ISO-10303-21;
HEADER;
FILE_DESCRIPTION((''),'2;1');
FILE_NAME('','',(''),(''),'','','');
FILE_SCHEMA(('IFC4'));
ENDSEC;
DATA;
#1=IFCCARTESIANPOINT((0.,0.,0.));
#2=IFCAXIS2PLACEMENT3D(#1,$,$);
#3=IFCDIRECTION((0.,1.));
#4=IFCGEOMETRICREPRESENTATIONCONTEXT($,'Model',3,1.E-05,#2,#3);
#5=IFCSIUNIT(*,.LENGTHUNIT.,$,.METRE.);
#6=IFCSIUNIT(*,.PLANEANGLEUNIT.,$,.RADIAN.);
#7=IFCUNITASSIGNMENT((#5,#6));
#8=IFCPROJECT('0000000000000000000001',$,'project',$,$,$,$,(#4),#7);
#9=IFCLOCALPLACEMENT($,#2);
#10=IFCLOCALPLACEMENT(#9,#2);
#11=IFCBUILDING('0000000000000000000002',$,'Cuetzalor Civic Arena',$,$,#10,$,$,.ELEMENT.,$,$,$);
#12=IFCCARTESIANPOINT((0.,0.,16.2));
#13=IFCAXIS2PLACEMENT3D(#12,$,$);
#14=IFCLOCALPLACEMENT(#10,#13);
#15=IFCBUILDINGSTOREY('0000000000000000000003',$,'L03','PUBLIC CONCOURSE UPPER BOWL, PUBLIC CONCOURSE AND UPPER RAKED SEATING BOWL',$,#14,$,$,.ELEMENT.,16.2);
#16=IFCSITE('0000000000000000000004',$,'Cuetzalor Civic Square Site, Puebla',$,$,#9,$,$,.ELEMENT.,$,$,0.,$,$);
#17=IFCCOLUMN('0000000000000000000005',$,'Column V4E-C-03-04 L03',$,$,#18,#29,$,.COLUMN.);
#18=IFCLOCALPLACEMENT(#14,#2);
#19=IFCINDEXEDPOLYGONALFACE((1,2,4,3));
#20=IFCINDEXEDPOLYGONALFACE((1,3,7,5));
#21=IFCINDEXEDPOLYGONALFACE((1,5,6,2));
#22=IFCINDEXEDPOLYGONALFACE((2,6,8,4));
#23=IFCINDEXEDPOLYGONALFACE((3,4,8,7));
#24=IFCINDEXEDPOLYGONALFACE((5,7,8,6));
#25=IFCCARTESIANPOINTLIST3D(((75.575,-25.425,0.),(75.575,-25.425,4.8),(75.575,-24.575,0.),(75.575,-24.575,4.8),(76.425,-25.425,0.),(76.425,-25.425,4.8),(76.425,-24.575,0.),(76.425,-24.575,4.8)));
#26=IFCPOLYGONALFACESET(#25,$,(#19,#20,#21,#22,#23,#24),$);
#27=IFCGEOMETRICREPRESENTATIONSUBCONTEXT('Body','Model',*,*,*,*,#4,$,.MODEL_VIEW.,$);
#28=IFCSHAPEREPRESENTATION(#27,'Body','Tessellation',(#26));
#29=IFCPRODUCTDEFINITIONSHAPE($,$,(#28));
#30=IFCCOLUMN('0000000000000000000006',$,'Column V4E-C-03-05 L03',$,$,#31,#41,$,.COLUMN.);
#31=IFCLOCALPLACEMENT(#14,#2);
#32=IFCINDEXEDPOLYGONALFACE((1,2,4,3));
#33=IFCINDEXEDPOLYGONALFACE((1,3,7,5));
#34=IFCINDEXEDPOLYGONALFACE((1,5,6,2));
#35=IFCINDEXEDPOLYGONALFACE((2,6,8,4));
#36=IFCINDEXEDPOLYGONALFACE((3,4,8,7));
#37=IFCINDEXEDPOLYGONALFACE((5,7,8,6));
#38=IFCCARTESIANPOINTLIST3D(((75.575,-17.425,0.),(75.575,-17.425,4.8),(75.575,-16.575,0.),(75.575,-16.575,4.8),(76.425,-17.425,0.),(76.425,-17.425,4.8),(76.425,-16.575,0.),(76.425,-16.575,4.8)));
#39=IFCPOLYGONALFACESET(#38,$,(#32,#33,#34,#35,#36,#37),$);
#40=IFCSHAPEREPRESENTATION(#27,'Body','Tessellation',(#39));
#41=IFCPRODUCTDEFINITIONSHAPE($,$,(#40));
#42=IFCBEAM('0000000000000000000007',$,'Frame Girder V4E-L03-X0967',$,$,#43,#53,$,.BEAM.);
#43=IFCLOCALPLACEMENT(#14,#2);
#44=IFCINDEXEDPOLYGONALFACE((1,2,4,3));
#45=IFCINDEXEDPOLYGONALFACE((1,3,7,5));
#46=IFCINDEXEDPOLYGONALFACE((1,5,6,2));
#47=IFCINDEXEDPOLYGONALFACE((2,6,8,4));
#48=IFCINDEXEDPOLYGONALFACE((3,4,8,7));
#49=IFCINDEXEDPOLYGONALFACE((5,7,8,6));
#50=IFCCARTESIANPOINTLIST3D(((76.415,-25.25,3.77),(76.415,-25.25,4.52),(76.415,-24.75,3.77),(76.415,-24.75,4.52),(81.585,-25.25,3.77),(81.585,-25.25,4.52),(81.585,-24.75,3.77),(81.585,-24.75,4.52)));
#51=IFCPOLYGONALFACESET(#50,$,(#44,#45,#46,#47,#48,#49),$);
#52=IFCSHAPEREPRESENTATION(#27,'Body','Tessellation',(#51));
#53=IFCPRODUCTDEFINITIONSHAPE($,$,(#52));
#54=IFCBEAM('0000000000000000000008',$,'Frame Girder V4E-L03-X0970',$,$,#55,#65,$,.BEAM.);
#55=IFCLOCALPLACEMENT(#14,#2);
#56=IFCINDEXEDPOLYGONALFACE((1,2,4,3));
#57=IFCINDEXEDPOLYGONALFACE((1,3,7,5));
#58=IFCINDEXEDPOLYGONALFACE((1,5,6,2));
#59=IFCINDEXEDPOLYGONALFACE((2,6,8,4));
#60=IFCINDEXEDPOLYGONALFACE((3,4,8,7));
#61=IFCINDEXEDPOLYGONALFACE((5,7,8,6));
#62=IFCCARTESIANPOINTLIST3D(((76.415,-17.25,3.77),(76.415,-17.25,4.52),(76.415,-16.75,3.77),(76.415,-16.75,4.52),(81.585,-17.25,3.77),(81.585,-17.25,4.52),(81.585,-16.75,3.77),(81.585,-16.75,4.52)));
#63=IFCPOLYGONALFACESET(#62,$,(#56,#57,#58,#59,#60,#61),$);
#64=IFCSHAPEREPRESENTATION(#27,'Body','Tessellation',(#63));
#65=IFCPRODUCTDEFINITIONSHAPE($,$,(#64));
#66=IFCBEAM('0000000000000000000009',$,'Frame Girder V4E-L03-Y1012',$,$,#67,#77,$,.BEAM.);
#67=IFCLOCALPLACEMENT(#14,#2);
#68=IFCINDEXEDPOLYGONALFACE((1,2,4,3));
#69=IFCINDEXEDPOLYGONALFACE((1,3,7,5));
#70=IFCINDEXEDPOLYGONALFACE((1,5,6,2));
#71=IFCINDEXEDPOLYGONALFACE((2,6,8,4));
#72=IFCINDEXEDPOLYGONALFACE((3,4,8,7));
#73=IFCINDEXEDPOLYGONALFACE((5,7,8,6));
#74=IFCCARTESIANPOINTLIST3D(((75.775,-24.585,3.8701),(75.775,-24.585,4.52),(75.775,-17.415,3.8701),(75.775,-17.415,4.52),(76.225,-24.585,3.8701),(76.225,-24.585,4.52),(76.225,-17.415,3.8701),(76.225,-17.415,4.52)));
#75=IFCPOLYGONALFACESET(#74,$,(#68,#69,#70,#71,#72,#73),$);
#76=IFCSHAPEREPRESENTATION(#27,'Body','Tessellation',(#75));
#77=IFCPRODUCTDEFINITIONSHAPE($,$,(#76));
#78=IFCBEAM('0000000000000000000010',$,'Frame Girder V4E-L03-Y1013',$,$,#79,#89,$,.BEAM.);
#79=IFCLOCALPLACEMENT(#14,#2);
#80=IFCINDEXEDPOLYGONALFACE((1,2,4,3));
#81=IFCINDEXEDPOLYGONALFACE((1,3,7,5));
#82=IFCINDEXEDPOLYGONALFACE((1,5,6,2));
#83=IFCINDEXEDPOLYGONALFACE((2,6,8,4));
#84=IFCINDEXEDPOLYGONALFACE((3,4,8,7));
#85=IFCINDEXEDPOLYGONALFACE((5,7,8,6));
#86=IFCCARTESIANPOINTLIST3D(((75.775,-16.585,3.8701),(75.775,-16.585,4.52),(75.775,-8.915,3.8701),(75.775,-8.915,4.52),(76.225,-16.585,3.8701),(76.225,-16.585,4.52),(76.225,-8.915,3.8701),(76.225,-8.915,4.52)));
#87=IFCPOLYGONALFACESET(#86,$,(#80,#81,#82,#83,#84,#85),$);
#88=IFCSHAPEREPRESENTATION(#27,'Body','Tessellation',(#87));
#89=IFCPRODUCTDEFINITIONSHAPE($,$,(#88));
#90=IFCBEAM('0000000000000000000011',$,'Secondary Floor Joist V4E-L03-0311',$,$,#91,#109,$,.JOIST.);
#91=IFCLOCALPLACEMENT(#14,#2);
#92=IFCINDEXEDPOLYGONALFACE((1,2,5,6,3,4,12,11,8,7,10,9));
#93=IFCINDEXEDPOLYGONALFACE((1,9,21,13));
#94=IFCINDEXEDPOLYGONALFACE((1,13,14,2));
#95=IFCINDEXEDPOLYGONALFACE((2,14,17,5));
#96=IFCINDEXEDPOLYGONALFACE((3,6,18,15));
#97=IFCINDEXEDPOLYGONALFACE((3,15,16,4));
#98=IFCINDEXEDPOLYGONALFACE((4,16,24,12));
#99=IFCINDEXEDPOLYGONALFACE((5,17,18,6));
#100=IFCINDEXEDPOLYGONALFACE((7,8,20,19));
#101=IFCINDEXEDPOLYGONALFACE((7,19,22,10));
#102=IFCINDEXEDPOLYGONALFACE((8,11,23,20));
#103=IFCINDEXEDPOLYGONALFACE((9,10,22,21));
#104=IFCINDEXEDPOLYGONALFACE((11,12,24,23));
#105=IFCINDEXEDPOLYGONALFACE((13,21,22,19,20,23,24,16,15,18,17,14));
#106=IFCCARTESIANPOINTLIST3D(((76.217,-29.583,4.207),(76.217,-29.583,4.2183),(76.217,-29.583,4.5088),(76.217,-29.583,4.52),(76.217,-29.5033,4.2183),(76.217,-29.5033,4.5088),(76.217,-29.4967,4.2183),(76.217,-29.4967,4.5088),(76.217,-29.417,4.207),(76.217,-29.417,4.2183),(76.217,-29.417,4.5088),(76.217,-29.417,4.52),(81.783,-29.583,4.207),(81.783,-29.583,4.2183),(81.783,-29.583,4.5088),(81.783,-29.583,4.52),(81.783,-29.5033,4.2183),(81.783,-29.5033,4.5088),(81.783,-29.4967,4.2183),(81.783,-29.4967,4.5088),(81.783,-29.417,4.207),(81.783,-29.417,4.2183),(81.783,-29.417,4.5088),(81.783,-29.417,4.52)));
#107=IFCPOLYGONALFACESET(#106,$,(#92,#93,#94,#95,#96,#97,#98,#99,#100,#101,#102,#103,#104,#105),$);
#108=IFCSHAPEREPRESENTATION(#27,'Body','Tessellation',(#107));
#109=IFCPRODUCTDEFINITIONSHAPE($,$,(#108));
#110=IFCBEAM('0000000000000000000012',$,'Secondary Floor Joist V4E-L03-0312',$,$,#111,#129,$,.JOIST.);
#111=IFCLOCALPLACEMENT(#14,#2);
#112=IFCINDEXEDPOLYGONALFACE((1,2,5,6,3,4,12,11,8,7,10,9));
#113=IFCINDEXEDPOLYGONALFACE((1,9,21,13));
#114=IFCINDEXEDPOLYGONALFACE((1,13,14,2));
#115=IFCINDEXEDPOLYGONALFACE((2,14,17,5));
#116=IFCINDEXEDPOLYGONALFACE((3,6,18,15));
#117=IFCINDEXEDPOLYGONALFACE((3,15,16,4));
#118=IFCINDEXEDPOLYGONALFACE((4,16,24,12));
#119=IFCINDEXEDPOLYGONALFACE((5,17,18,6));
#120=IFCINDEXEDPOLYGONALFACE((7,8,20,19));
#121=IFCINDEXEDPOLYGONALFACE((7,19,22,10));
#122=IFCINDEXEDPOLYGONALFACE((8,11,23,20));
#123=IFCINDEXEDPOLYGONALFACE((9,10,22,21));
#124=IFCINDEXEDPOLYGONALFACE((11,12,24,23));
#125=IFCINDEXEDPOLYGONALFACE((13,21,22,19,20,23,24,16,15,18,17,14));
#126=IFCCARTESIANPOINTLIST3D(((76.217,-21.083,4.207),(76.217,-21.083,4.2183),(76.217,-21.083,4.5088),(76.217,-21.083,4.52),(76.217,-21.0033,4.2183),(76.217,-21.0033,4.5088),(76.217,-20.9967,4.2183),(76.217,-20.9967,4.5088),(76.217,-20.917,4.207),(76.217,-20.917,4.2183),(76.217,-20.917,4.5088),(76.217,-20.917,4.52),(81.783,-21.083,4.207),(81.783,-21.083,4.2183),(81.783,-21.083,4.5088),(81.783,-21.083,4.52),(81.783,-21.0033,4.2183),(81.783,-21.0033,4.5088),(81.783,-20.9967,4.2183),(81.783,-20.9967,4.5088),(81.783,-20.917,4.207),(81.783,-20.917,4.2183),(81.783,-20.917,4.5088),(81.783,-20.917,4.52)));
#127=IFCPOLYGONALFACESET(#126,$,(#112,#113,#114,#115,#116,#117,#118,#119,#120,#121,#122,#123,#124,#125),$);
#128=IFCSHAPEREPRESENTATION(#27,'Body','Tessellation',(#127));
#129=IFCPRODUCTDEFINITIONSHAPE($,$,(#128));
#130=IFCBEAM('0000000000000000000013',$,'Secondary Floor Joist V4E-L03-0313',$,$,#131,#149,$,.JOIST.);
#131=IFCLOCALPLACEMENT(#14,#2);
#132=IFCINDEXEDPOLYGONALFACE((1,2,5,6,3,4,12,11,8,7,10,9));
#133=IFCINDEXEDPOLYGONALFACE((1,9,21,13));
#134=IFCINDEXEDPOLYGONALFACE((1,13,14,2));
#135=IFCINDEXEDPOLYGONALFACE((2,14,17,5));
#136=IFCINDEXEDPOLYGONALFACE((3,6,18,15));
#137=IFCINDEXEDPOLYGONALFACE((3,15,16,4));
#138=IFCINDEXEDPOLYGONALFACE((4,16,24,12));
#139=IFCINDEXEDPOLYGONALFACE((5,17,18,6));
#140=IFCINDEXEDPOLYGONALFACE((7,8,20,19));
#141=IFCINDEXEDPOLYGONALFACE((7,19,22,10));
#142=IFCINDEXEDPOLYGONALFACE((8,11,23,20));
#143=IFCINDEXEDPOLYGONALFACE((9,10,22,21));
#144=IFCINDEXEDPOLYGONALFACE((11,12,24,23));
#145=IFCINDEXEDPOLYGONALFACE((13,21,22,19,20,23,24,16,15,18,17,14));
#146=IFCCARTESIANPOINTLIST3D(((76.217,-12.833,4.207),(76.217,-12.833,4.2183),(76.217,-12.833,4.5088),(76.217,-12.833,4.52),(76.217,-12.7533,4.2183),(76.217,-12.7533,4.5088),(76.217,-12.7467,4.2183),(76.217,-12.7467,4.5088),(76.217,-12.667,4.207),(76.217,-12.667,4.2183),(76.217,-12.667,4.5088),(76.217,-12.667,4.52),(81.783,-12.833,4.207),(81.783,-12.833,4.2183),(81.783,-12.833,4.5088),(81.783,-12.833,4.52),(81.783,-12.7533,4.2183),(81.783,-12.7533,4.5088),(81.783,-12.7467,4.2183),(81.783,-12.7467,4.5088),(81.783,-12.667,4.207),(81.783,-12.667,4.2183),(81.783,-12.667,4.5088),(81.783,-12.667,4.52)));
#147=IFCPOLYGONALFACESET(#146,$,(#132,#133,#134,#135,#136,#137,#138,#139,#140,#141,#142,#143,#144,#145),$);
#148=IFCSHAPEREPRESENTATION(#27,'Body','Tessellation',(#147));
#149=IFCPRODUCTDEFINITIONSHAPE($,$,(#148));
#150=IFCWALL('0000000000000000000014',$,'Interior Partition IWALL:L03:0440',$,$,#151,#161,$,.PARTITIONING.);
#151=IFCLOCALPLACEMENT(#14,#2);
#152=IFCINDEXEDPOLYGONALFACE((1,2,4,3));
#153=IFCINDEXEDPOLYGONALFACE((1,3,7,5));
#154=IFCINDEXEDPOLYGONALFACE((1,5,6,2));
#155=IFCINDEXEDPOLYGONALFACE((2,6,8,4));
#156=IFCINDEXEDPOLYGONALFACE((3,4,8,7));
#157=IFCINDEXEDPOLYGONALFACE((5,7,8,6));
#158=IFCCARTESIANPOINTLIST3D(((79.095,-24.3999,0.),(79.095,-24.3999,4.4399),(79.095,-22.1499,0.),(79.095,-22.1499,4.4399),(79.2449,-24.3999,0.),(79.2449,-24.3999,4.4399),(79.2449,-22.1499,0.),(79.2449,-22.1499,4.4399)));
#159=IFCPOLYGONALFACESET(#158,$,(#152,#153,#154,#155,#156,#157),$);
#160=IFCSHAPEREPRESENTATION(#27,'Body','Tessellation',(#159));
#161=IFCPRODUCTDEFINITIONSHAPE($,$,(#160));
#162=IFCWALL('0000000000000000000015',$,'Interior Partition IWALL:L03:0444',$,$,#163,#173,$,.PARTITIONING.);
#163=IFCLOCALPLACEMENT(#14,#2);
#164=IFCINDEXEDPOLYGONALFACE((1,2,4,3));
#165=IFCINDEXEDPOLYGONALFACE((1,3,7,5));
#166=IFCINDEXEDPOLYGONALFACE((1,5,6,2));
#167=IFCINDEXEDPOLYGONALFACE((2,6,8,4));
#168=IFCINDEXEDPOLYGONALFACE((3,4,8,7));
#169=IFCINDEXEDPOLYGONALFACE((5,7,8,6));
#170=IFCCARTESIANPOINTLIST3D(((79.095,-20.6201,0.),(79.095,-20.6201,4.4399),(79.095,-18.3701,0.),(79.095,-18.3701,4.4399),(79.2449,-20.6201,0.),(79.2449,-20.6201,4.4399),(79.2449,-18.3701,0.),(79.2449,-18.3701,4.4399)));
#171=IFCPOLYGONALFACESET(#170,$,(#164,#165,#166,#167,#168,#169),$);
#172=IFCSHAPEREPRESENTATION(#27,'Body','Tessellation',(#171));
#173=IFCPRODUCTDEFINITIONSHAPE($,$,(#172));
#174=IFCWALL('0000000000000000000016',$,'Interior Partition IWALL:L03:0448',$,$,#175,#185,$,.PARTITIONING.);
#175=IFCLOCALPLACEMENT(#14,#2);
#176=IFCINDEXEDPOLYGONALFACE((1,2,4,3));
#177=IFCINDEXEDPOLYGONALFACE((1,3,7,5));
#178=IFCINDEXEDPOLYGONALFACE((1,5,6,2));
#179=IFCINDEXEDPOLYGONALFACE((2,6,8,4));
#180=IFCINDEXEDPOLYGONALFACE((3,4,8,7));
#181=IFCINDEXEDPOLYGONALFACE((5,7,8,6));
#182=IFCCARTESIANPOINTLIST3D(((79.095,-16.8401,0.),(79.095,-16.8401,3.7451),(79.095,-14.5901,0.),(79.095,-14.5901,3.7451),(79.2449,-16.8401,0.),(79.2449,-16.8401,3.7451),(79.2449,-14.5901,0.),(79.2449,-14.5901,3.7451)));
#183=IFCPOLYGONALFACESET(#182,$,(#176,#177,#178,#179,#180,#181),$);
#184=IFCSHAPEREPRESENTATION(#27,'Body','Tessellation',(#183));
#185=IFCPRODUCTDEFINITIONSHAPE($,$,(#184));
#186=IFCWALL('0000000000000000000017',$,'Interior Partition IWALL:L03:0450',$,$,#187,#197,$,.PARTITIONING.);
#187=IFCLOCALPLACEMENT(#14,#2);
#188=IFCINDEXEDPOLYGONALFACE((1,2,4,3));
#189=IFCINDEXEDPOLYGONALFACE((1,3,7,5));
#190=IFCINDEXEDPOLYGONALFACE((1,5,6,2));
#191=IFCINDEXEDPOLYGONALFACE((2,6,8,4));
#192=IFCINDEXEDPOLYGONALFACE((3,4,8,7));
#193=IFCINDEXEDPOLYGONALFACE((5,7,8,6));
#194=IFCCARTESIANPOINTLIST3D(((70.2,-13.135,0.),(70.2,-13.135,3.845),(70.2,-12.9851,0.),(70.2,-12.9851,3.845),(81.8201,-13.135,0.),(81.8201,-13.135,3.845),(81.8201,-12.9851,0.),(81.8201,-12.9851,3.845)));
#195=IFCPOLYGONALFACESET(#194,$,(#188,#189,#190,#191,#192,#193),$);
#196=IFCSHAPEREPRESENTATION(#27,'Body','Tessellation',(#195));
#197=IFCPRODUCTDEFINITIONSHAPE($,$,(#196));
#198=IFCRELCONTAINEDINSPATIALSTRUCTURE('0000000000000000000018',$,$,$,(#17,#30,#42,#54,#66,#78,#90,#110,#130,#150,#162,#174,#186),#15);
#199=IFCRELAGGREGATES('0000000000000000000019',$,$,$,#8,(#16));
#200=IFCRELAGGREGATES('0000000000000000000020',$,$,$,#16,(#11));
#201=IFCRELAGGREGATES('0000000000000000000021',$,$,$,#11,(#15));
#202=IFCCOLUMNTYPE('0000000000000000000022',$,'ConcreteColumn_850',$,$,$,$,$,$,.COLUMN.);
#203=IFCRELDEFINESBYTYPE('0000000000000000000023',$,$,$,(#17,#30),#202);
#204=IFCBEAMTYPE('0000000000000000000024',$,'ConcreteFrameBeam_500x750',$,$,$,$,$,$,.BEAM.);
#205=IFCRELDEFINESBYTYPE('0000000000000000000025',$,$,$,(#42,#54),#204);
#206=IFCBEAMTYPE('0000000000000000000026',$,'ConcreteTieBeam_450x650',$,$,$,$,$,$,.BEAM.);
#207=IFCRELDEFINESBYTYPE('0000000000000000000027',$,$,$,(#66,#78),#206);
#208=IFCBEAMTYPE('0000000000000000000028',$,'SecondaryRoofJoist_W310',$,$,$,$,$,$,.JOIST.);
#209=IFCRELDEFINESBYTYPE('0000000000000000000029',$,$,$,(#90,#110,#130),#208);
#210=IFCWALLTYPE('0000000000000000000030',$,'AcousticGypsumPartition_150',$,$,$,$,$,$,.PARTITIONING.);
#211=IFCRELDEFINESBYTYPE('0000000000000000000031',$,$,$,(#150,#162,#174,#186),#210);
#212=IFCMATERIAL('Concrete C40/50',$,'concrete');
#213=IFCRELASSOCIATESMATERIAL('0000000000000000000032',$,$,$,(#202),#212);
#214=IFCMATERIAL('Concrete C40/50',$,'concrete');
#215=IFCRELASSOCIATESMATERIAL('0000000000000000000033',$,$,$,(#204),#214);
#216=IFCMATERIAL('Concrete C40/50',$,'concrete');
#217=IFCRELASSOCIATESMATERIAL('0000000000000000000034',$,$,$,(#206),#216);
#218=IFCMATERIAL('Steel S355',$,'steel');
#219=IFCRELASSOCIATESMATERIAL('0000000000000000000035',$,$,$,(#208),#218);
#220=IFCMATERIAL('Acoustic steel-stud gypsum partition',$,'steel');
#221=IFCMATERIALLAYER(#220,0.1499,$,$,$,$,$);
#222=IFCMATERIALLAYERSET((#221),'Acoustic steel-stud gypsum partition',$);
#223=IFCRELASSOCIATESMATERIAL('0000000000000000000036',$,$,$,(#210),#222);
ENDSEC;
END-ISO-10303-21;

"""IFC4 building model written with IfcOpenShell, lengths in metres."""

from ifc_helpers import new_model, si_unit, direction, frame, frame_2d, origin, origin_2d, place, context, subcontext, project, spatial, rectangle, i_section, extrude, material, layer, layer_set, material_profile, profile_set, type_object, element, save


model = new_model("IFC4")

# Units and contexts
model_context = context("Model", 3, precision=1e-05, world=origin(), true_north=direction((0.0, 1.0)))
body_context = subcontext(model_context, "Body", "Model", "MODEL_VIEW")
ifc_project = project(units=[si_unit("LENGTHUNIT", "METRE"), si_unit("PLANEANGLEUNIT", "RADIAN")], contexts=[model_context])

# Site, building, storey
site_placement = place(None, origin())
site = spatial("IfcSite", under=ifc_project, at=site_placement, Name="Cuetzalor Civic Square Site, Puebla", CompositionType="ELEMENT", RefElevation=0.0)
building_placement = place(site_placement, origin())
building = spatial("IfcBuilding", under=site, at=building_placement, Name="Cuetzalor Civic Arena", CompositionType="ELEMENT")
storey_placement = place(building_placement, frame((0.0, 0.0, 16.2)))
storey = spatial("IfcBuildingStorey", under=building, at=storey_placement, Name="L03", Description="PUBLIC CONCOURSE UPPER BOWL, PUBLIC CONCOURSE AND UPPER RAKED SEATING BOWL", CompositionType="ELEMENT", Elevation=16.2)

# Columns
ifc_material_1 = material(Name="Concrete C40/50", Category="concrete")
ifc_material_profile_1 = material_profile(ifc_material_1, rectangle(XDim=0.8501, YDim=0.8501, at=origin_2d()), Name="RC 850x850")
ifc_profile_set_1 = profile_set([ifc_material_profile_1], Name="Concrete C40/50")
column_type = type_object("IfcColumnType", Name="ConcreteColumn_850", PredefinedType="COLUMN", material=ifc_profile_set_1)
for number, where, z_axis, x_axis, name in (
    (1, (76.0, -25.0, 0.0), (0.0, 0.0, 1.0), (1.0, 0.0, 0.0), "Column V4E-C-03-04 L03"),
    (2, (76.0, -17.0, 0.0), (0.0, 0.0, 1.0), (1.0, 0.0, 0.0), "Column V4E-C-03-05 L03"),
):
    element("IfcColumn", number, at=place(storey_placement, frame(where, z_axis=z_axis, x_axis=x_axis)), inside=storey, type_object=column_type, Name=name, PredefinedType="COLUMN", context=body_context, shape_type="SweptSolid", body=[
        extrude(rectangle(XDim=0.8501, YDim=0.8501, at=origin_2d()), origin(), (0.0, 0.0, 1.0), 4.8),
    ])

# Beams
ifc_material_2 = material(Name="Concrete C40/50", Category="concrete")
ifc_material_profile_2 = material_profile(ifc_material_2, rectangle(XDim=0.5, YDim=0.75, at=origin_2d()), Name="RC 500x750")
ifc_profile_set_2 = profile_set([ifc_material_profile_2], Name="Concrete C40/50")
beam_type_1 = type_object("IfcBeamType", Name="ConcreteFrameBeam_500x750", PredefinedType="BEAM", material=ifc_profile_set_2)
for number, where, z_axis, x_axis, name in (
    (3, (76.415, -25.0, 4.145), (1.0, 0.0, 0.0), (0.0, 1.0, 0.0), "Frame Girder V4E-L03-X0967"),
    (4, (76.415, -17.0, 4.145), (1.0, 0.0, 0.0), (0.0, 1.0, 0.0), "Frame Girder V4E-L03-X0970"),
):
    element("IfcBeam", number, at=place(storey_placement, frame(where, z_axis=z_axis, x_axis=x_axis)), inside=storey, type_object=beam_type_1, Name=name, PredefinedType="BEAM", context=body_context, shape_type="SweptSolid", body=[
        extrude(rectangle(XDim=0.5, YDim=0.75, at=origin_2d()), origin(), (0.0, 0.0, 1.0), 5.1699),
    ])
ifc_material_3 = material(Name="Concrete C40/50", Category="concrete")
ifc_material_profile_3 = material_profile(ifc_material_3, rectangle(XDim=0.45, YDim=0.6499, at=origin_2d()), Name="RC 450x650")
ifc_profile_set_3 = profile_set([ifc_material_profile_3], Name="Concrete C40/50")
beam_type_2 = type_object("IfcBeamType", Name="ConcreteTieBeam_450x650", PredefinedType="BEAM", material=ifc_profile_set_3)
beam_1_placement = place(storey_placement, frame((76.0, -24.585, 4.1951), z_axis=(0.0, 1.0, 0.0), x_axis=(-1.0, 0.0, 0.0)))
element("IfcBeam", 5, at=beam_1_placement, inside=storey, type_object=beam_type_2, Name="Frame Girder V4E-L03-Y1012", PredefinedType="BEAM", context=body_context, shape_type="SweptSolid", body=[
    extrude(rectangle(XDim=0.45, YDim=0.6499, at=origin_2d()), origin(), (0.0, 0.0, 1.0), 7.1699),
])
beam_2_placement = place(storey_placement, frame((76.0, -16.585, 4.1951), z_axis=(0.0, 1.0, 0.0), x_axis=(-1.0, 0.0, 0.0)))
element("IfcBeam", 6, at=beam_2_placement, inside=storey, type_object=beam_type_2, Name="Frame Girder V4E-L03-Y1013", PredefinedType="BEAM", context=body_context, shape_type="SweptSolid", body=[
    extrude(rectangle(XDim=0.45, YDim=0.6499, at=origin_2d()), origin(), (0.0, 0.0, 1.0), 7.6699),
])
ifc_material_4 = material(Name="Steel S355", Category="steel")
ifc_material_profile_4 = material_profile(ifc_material_4, i_section(OverallWidth=0.166, OverallDepth=0.313, WebThickness=0.0066, FlangeThickness=0.0112, at=origin_2d()), Name="W310x45")
ifc_profile_set_4 = profile_set([ifc_material_profile_4], Name="Steel S355")
beam_type_3 = type_object("IfcBeamType", Name="SecondaryRoofJoist_W310", PredefinedType="JOIST", material=ifc_profile_set_4)
for number, where, z_axis, x_axis, name in (
    (7, (76.217, -29.5, 4.3635), (1.0, 0.0, 0.0), (0.0, 1.0, 0.0), "Secondary Floor Joist V4E-L03-0311"),
    (8, (76.217, -21.0, 4.3635), (1.0, 0.0, 0.0), (0.0, 1.0, 0.0), "Secondary Floor Joist V4E-L03-0312"),
    (9, (76.217, -12.75, 4.3635), (1.0, 0.0, 0.0), (0.0, 1.0, 0.0), "Secondary Floor Joist V4E-L03-0313"),
):
    element("IfcBeam", number, at=place(storey_placement, frame(where, z_axis=z_axis, x_axis=x_axis)), inside=storey, type_object=beam_type_3, Name=name, PredefinedType="JOIST", context=body_context, shape_type="SweptSolid", body=[
        extrude(i_section(OverallWidth=0.166, OverallDepth=0.313, WebThickness=0.0066, FlangeThickness=0.0112, at=origin_2d()), origin(), (0.0, 0.0, 1.0), 5.5659),
    ])

# Shared definitions
ifc_material_5 = material(Name="Acoustic steel-stud gypsum partition", Category="steel")
ifc_layer_1 = layer(ifc_material_5, 0.1499)
ifc_layer_set_1 = layer_set([ifc_layer_1], Name="Acoustic steel-stud gypsum partition")
wall_type_1 = type_object("IfcWallType", Name="AcousticGypsumPartition_150", PredefinedType="PARTITIONING", material=ifc_layer_set_1)

# Wall
wall_1_placement = place(storey_placement, frame((79.1699, -24.3999, 0.0), z_axis=(0.0, 0.0, 1.0), x_axis=(0.0, 1.0, 0.0)))
element("IfcWall", 10, at=wall_1_placement, inside=storey, type_object=wall_type_1, Name="Interior Partition IWALL:L03:0440", PredefinedType="PARTITIONING", context=body_context, shape_type="SweptSolid", body=[
    extrude(rectangle(XDim=2.25, YDim=0.1499, at=frame_2d((1.125, 0.0))), origin(), (0.0, 0.0, 1.0), 4.4399),
])

# Wall
wall_2_placement = place(storey_placement, frame((79.1699, -20.6201, 0.0), z_axis=(0.0, 0.0, 1.0), x_axis=(0.0, 1.0, 0.0)))
element("IfcWall", 11, at=wall_2_placement, inside=storey, type_object=wall_type_1, Name="Interior Partition IWALL:L03:0444", PredefinedType="PARTITIONING", context=body_context, shape_type="SweptSolid", body=[
    extrude(rectangle(XDim=2.25, YDim=0.1499, at=frame_2d((1.125, 0.0))), origin(), (0.0, 0.0, 1.0), 4.4399),
])

# Walls
wall_3_placement = place(storey_placement, frame((79.1699, -16.8401, 0.0), z_axis=(0.0, 0.0, 1.0), x_axis=(0.0, 1.0, 0.0)))
element("IfcWall", 12, at=wall_3_placement, inside=storey, type_object=wall_type_1, Name="Interior Partition IWALL:L03:0448", PredefinedType="PARTITIONING", context=body_context, shape_type="SweptSolid", body=[
    extrude(rectangle(XDim=2.25, YDim=0.1499, at=frame_2d((1.125, 0.0))), origin(), (0.0, 0.0, 1.0), 3.7451),
])
wall_4_placement = place(storey_placement, frame((70.2, -13.0601, 0.0), z_axis=(0.0, 0.0, 1.0), x_axis=(1.0, 0.0, 0.0)))
element("IfcWall", 13, at=wall_4_placement, inside=storey, type_object=wall_type_1, Name="Interior Partition IWALL:L03:0450", PredefinedType="PARTITIONING", context=body_context, shape_type="SweptSolid", body=[
    extrude(rectangle(XDim=11.6201, YDim=0.1499, at=frame_2d((5.8101, 0.0))), origin(), (0.0, 0.0, 1.0), 3.845),
])

save(model, "model.ifc")
